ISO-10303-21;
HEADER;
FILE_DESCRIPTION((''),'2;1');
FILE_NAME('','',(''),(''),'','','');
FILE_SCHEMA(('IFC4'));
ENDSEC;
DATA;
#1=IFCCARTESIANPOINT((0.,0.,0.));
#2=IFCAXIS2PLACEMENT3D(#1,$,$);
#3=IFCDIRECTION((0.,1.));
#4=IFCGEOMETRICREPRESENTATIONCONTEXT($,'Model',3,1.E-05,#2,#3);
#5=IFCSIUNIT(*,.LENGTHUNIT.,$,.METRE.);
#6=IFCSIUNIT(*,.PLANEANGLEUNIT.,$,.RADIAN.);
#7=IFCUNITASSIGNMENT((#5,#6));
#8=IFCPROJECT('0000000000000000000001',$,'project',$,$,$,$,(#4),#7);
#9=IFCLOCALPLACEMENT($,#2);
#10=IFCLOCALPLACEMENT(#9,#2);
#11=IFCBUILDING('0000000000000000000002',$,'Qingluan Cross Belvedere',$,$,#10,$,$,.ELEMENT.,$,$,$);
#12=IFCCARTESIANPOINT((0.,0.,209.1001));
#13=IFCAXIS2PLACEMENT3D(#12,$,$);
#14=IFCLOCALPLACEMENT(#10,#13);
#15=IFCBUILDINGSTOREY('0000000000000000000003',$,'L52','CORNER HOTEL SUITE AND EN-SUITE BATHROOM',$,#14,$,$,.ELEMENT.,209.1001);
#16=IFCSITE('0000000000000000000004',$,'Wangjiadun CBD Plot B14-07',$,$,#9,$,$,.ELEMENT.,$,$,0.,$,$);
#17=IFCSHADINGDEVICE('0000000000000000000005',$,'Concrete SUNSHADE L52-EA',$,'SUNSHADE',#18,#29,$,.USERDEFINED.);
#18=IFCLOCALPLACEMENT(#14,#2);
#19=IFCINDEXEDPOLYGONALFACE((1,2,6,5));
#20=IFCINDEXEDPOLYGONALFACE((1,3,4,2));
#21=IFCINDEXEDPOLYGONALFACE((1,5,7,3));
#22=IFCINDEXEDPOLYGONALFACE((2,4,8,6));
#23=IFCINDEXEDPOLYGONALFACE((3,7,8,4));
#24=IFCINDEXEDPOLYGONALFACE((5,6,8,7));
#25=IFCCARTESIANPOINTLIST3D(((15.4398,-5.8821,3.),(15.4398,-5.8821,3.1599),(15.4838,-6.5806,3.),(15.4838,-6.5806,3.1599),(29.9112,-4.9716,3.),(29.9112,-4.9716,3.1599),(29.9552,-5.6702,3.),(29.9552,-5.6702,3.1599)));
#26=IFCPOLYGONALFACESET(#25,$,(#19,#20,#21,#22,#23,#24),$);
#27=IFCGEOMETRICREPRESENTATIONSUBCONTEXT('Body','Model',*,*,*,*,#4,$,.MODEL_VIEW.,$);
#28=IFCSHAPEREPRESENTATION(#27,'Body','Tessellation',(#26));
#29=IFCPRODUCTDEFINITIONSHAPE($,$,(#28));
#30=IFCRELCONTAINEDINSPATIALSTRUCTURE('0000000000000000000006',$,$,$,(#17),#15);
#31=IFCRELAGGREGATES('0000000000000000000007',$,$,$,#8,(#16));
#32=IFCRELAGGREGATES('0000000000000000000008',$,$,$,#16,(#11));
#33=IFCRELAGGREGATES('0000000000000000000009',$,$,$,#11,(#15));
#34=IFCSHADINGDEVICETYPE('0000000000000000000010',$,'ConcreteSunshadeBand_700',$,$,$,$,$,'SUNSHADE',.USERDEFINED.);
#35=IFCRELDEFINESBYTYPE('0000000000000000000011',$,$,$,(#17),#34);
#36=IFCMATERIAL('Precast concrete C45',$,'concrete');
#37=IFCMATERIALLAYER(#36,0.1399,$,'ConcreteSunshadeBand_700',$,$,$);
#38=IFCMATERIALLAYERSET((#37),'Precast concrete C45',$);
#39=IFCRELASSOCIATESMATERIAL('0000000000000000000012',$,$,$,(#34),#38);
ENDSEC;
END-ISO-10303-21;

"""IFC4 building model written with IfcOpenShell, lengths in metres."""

from ifc_helpers import new_model, si_unit, direction, frame, origin, origin_2d, place, context, subcontext, project, spatial, rectangle, extrude, material, layer, layer_set, type_object, element, save


model = new_model("IFC4")

# Units and contexts
model_context = context("Model", 3, precision=1e-05, world=origin(), true_north=direction((0.0, 1.0)))
body_context = subcontext(model_context, "Body", "Model", "MODEL_VIEW")
ifc_project = project(units=[si_unit("LENGTHUNIT", "METRE"), si_unit("PLANEANGLEUNIT", "RADIAN")], contexts=[model_context])

# Site, building, storey
site_placement = place(None, origin())
site = spatial("IfcSite", under=ifc_project, at=site_placement, Name="Wangjiadun CBD Plot B14-07", CompositionType="ELEMENT", RefElevation=0.0)
building_placement = place(site_placement, origin())
building = spatial("IfcBuilding", under=site, at=building_placement, Name="Qingluan Cross Belvedere", CompositionType="ELEMENT")
storey_placement = place(building_placement, frame((0.0, 0.0, 209.1001)))
storey = spatial("IfcBuildingStorey", under=building, at=storey_placement, Name="L52", Description="CORNER HOTEL SUITE AND EN-SUITE BATHROOM", CompositionType="ELEMENT", Elevation=209.1001)

# Shading device
ifc_material_1 = material(Name="Precast concrete C45", Category="concrete")
ifc_layer_1 = layer(ifc_material_1, 0.1399, Name="ConcreteSunshadeBand_700")
ifc_layer_set_1 = layer_set([ifc_layer_1], Name="Precast concrete C45")
shading_device_type = type_object("IfcShadingDeviceType", Name="ConcreteSunshadeBand_700", ElementType="SUNSHADE", PredefinedType="USERDEFINED", material=ifc_layer_set_1)
shading_device_placement = place(storey_placement, frame((22.6975, -5.7761, 3.0), z_axis=(0.0, 0.0, 1.0), x_axis=(0.998027, 0.062789, 0.0)))
element("IfcShadingDevice", 1, at=shading_device_placement, inside=storey, type_object=shading_device_type, Name="Concrete SUNSHADE L52-EA", ObjectType="SUNSHADE", PredefinedType="USERDEFINED", context=body_context, shape_type="SweptSolid", body=[
    extrude(rectangle(XDim=14.5, YDim=0.7, at=origin_2d()), origin(), (0.0, 0.0, 1.0), 0.1599),
])

save(model, "model.ifc")
